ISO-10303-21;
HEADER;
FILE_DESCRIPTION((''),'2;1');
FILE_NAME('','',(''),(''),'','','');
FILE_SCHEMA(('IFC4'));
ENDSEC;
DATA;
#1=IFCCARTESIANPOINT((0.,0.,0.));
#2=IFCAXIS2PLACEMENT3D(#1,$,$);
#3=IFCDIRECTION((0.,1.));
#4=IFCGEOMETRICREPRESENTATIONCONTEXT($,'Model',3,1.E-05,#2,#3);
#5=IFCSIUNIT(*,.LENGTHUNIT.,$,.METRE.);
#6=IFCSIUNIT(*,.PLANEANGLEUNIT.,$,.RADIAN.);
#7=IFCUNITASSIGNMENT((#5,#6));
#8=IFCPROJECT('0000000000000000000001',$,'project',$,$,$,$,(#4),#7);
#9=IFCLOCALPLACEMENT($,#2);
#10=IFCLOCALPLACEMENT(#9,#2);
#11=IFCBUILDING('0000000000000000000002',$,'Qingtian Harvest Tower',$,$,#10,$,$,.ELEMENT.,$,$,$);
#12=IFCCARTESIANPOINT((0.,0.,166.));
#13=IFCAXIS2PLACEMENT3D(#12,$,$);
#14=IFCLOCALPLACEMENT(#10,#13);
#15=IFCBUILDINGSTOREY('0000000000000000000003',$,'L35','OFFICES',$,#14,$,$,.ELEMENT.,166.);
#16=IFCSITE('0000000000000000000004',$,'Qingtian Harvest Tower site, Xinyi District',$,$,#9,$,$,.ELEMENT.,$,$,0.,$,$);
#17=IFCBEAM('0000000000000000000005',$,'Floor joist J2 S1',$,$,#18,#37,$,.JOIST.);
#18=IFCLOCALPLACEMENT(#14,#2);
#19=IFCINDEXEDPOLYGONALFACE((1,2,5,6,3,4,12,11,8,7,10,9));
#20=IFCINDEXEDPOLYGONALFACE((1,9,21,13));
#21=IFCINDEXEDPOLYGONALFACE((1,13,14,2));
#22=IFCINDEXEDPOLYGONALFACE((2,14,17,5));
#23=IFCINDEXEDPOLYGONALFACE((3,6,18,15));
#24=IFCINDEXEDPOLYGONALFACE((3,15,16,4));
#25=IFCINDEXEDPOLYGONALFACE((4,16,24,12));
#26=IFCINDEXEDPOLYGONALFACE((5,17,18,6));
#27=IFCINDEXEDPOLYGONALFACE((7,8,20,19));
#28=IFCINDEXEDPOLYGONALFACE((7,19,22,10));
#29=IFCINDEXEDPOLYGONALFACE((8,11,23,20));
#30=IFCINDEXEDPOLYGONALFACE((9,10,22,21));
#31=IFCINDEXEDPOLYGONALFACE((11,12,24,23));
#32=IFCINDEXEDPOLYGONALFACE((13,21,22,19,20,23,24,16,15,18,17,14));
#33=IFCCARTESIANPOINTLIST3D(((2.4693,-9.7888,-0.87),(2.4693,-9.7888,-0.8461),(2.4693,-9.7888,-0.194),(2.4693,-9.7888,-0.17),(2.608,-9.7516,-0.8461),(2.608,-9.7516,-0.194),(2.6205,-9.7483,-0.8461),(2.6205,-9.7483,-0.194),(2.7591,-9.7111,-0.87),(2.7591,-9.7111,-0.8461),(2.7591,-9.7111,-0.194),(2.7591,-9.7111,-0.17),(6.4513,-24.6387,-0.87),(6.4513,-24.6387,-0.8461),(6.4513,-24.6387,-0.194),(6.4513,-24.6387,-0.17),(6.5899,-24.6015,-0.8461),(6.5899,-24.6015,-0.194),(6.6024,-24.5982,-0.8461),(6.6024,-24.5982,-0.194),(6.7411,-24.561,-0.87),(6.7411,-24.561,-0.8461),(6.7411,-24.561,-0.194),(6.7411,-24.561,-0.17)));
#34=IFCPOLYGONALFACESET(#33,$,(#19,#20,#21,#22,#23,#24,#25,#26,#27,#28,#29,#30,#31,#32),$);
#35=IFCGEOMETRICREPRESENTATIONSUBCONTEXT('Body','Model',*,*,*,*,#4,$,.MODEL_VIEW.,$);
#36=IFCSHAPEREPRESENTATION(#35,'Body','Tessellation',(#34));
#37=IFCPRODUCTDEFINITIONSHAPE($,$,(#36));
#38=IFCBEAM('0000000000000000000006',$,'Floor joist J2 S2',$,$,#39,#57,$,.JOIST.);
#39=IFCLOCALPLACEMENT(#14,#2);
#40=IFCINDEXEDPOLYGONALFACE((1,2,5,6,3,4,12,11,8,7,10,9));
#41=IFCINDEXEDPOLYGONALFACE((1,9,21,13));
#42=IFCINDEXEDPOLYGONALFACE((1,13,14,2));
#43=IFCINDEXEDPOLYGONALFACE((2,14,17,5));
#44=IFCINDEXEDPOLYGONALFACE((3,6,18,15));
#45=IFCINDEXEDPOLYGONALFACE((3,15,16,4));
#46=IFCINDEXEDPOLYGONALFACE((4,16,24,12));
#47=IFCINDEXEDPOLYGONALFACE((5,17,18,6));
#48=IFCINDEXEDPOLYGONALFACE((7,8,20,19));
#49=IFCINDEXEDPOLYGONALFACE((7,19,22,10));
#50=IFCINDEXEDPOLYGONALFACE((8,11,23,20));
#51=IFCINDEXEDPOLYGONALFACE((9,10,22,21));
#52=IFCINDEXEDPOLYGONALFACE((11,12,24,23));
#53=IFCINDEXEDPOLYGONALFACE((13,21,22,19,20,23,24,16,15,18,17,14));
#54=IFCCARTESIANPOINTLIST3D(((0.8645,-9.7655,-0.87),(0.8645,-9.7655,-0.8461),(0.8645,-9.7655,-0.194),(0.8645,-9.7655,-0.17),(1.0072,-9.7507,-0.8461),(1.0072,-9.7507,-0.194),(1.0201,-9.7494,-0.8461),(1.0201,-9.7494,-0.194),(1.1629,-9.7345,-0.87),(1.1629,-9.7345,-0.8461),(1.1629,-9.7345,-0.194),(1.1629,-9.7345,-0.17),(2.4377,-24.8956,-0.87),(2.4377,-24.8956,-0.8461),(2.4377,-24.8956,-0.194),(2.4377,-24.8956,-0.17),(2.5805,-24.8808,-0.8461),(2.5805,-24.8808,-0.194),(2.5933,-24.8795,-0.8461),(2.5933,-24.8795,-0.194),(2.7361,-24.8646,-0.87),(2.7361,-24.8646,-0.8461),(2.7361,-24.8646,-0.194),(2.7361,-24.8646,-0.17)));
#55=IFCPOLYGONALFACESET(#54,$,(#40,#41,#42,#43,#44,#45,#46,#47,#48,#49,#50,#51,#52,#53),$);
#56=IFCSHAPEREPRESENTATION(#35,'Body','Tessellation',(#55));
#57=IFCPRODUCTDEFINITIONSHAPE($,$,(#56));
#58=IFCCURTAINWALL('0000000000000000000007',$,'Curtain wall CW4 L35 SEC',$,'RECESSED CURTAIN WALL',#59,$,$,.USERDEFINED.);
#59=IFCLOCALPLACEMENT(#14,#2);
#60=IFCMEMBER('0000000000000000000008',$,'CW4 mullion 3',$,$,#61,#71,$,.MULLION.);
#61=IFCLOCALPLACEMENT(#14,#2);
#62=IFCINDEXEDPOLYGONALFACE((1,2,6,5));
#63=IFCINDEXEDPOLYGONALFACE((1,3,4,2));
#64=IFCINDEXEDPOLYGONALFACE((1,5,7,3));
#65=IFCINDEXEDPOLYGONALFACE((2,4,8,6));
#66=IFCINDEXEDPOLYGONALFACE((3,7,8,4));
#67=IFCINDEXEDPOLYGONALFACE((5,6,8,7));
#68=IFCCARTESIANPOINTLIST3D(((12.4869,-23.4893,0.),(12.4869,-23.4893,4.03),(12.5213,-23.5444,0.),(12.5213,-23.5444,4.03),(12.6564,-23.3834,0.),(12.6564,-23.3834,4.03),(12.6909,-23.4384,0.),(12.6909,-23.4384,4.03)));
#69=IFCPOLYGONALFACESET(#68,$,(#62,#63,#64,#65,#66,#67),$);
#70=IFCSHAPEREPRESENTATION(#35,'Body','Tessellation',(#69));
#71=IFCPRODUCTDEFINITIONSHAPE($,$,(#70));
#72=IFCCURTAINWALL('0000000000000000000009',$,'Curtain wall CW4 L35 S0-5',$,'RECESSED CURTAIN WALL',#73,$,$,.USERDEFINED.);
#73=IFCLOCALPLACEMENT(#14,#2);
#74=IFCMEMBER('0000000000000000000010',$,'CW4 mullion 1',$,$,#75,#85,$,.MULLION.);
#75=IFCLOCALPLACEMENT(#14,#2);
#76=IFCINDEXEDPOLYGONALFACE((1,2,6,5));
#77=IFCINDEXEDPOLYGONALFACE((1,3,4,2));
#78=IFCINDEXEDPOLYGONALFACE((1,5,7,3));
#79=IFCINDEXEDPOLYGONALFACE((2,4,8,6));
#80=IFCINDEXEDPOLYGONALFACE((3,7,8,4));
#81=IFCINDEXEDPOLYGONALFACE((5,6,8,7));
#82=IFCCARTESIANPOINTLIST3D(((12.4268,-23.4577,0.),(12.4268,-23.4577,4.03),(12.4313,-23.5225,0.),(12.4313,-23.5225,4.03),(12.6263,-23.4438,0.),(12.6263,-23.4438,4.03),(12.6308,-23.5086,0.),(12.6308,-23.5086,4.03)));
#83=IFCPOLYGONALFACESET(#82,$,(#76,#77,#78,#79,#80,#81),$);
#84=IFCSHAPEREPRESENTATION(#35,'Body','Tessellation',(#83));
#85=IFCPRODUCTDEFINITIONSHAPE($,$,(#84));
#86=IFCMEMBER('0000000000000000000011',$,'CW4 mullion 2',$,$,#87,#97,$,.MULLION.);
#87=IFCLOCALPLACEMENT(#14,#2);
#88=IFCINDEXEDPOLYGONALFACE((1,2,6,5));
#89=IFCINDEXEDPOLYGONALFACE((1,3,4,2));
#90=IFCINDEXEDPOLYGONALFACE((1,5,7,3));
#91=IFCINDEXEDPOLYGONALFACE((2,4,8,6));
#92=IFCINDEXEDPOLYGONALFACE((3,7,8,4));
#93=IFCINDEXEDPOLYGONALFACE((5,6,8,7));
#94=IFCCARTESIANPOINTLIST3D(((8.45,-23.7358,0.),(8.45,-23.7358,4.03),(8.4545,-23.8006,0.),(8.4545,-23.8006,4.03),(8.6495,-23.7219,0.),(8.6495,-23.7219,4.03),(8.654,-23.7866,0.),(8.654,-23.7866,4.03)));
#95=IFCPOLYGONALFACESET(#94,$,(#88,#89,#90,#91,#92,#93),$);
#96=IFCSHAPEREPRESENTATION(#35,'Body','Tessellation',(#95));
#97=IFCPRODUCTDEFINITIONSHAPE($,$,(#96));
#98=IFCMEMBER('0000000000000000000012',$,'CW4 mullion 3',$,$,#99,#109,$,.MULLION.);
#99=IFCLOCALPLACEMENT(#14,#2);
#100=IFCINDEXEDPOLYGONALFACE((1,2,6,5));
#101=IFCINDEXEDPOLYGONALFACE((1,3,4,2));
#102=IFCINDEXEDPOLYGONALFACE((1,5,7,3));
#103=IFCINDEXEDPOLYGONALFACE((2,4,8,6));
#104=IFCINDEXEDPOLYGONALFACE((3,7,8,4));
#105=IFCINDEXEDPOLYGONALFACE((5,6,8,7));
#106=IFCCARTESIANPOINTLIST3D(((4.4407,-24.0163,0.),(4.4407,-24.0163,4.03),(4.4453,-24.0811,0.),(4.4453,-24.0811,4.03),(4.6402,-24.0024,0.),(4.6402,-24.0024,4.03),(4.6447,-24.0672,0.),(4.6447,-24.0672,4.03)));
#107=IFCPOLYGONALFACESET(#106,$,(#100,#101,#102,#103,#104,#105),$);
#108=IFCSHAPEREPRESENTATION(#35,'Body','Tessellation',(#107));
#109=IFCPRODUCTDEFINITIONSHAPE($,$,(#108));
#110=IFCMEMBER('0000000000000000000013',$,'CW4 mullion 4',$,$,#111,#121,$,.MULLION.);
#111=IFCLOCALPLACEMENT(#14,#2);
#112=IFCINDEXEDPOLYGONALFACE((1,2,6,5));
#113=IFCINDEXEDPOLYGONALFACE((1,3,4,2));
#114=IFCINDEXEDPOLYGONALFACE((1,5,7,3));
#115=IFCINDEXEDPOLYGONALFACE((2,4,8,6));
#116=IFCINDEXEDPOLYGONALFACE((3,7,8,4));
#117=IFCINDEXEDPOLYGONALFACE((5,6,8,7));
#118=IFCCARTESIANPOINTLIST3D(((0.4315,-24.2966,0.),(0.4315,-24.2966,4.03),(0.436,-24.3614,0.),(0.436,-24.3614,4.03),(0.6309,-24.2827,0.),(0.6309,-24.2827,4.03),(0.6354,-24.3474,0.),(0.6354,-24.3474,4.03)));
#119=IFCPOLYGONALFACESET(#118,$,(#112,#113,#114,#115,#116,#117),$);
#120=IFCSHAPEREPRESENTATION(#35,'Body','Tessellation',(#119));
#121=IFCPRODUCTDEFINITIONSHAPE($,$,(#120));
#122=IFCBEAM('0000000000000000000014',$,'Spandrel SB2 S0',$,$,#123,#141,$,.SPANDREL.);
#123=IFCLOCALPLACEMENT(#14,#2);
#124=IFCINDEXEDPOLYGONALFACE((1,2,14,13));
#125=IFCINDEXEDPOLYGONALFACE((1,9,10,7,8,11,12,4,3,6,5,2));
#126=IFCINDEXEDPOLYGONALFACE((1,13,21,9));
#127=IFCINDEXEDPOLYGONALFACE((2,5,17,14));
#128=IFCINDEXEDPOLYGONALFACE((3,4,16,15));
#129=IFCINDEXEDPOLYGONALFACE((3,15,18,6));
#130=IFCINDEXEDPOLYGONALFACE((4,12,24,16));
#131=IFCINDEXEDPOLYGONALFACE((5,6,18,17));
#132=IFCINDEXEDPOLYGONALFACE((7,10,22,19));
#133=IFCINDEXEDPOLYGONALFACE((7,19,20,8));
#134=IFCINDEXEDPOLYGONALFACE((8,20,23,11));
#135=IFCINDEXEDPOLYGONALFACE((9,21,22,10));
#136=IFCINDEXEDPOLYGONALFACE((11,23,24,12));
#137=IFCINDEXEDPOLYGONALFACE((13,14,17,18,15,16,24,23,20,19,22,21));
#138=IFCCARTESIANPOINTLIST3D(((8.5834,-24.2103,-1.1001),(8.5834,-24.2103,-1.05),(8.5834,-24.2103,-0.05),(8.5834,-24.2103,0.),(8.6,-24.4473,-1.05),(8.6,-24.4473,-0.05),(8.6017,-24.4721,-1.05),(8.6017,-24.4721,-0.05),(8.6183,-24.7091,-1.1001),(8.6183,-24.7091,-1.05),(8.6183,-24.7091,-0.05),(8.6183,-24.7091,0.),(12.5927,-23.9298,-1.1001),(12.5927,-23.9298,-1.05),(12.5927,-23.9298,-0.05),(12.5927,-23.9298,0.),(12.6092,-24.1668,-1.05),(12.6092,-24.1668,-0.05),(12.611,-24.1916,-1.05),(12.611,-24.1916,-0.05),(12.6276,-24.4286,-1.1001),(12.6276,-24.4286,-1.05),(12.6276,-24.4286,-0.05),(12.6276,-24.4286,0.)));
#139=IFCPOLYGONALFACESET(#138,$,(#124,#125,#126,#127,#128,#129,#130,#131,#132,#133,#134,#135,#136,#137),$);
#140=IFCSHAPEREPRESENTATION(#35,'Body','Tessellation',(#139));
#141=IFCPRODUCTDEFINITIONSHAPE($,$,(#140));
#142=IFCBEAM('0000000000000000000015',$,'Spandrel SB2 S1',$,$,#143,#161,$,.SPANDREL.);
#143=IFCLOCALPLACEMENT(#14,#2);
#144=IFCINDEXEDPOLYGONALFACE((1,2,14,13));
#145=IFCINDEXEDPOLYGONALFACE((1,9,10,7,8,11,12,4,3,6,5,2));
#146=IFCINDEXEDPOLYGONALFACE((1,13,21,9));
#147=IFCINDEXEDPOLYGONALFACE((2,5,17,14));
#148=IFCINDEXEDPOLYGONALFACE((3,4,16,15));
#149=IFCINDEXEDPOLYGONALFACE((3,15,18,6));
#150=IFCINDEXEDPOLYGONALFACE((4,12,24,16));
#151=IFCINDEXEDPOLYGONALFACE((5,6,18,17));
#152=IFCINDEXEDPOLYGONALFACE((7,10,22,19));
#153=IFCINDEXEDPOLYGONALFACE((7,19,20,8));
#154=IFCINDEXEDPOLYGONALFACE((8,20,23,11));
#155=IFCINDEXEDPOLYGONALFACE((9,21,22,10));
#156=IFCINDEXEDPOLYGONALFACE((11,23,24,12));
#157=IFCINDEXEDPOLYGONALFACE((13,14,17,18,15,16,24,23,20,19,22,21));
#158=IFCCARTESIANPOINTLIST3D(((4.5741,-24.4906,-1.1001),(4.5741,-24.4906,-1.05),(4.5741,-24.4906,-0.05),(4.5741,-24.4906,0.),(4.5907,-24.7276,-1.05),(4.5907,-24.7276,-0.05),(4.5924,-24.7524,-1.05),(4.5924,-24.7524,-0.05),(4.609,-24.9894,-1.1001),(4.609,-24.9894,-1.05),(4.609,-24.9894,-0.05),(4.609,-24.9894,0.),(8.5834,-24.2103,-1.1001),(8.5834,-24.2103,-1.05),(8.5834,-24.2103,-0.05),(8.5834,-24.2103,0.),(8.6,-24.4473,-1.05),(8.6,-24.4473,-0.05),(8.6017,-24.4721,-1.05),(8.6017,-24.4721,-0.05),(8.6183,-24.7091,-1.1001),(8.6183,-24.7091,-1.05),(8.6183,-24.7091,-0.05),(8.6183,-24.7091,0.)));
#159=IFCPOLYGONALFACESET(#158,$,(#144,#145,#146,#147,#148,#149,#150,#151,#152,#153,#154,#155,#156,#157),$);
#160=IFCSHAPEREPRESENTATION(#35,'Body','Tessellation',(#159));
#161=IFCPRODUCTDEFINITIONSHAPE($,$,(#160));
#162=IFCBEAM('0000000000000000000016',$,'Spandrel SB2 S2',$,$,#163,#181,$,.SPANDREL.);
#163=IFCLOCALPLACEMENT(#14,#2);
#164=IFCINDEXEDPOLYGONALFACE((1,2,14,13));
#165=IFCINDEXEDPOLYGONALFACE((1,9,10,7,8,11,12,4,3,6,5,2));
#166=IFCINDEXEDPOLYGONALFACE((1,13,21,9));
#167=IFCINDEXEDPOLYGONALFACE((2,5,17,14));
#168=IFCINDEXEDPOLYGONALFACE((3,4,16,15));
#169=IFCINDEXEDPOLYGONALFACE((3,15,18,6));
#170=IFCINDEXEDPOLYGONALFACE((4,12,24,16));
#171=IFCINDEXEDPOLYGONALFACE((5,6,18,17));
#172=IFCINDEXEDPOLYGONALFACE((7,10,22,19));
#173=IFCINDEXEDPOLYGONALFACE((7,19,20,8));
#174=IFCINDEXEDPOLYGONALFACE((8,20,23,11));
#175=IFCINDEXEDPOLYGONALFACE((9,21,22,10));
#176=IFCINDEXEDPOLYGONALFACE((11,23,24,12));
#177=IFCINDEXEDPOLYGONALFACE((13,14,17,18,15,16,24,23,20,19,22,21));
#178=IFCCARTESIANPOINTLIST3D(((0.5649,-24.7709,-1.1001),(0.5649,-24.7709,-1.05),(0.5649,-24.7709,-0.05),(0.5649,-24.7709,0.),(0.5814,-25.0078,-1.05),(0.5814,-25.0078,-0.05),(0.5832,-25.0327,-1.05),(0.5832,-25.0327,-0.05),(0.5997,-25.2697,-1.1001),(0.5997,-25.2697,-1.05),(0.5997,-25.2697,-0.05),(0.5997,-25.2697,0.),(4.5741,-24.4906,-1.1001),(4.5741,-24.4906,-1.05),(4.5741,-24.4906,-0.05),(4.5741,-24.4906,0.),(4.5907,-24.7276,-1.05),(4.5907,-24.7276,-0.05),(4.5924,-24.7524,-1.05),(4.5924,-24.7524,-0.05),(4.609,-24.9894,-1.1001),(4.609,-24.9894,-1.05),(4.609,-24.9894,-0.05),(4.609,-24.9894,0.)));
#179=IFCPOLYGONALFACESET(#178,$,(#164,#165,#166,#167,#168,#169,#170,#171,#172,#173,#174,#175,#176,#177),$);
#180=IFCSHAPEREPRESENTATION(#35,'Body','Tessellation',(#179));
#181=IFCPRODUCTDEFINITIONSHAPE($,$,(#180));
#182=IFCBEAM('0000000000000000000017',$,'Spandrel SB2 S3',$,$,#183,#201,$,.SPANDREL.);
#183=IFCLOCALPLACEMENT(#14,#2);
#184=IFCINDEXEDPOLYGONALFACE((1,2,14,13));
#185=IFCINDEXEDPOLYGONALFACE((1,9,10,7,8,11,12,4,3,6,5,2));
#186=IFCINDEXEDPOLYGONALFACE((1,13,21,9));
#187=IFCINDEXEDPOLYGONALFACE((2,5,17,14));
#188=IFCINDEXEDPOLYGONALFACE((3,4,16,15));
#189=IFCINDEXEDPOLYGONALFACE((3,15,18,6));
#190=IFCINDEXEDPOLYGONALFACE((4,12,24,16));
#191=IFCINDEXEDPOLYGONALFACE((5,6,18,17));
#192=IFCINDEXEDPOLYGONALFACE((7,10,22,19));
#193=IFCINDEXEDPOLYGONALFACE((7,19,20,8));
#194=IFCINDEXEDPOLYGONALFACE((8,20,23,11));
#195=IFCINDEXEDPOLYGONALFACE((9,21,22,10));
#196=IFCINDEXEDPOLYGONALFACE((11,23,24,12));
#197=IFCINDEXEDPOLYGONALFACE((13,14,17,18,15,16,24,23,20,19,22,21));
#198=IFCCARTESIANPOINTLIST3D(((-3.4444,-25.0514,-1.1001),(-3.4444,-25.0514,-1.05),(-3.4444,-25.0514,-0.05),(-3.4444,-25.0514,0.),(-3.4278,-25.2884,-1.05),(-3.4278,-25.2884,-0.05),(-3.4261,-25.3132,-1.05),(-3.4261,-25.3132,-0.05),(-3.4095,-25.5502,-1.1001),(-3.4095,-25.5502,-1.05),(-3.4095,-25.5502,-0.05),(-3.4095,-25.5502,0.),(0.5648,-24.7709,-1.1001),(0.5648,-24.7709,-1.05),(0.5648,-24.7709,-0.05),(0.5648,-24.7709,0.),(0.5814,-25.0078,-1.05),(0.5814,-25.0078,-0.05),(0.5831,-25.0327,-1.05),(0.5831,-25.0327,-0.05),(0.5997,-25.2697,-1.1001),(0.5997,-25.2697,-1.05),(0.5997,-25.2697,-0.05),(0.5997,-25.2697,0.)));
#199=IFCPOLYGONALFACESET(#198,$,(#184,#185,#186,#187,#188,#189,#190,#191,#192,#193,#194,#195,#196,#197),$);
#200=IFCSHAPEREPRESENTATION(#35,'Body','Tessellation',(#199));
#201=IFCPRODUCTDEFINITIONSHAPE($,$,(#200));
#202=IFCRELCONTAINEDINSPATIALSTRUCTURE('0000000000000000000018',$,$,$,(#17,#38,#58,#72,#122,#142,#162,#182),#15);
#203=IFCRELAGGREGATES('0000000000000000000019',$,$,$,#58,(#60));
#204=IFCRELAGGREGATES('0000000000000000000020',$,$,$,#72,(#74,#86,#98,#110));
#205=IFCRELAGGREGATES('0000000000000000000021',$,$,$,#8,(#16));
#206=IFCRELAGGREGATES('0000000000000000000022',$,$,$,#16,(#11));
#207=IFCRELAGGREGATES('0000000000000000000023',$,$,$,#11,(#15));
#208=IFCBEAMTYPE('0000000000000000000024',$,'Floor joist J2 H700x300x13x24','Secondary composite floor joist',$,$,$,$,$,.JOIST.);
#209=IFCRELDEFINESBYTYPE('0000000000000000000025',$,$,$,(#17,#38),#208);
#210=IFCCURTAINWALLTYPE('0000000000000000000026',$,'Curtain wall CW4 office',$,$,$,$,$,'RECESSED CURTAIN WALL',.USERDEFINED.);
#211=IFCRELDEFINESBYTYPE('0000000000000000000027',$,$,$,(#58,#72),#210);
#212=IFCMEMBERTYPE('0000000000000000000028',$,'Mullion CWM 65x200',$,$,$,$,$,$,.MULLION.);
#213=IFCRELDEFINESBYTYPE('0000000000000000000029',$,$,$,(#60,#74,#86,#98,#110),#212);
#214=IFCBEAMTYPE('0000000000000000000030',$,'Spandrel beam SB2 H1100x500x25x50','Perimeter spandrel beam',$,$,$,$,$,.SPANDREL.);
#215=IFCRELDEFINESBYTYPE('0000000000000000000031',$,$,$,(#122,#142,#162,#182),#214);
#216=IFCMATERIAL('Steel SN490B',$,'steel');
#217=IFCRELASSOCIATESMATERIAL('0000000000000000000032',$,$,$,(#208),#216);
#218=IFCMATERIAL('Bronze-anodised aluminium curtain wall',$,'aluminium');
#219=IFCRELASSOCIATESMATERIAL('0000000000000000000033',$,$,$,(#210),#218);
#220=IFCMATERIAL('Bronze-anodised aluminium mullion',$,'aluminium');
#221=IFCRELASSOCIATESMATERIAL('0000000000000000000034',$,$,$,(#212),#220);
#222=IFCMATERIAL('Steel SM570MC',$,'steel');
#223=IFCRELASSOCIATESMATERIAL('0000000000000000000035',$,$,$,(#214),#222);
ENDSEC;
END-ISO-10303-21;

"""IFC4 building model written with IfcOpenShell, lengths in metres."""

from ifc_helpers import new_model, si_unit, direction, frame, origin, origin_2d, place, context, subcontext, project, spatial, rectangle, i_section, extrude, material, material_profile, profile_set, type_object, element, aggregate, save


model = new_model("IFC4")

# Units and contexts
model_context = context("Model", 3, precision=1e-05, world=origin(), true_north=direction((0.0, 1.0)))
body_context = subcontext(model_context, "Body", "Model", "MODEL_VIEW")
ifc_project = project(units=[si_unit("LENGTHUNIT", "METRE"), si_unit("PLANEANGLEUNIT", "RADIAN")], contexts=[model_context])

# Site, building, storey
site_placement = place(None, origin())
site = spatial("IfcSite", under=ifc_project, at=site_placement, Name="Qingtian Harvest Tower site, Xinyi District", CompositionType="ELEMENT", RefElevation=0.0)
building_placement = place(site_placement, origin())
building = spatial("IfcBuilding", under=site, at=building_placement, Name="Qingtian Harvest Tower", CompositionType="ELEMENT")
storey_placement = place(building_placement, frame((0.0, 0.0, 166.0)))
storey = spatial("IfcBuildingStorey", under=building, at=storey_placement, Name="L35", Description="OFFICES", CompositionType="ELEMENT", Elevation=166.0)

# Beams
ifc_material_1 = material(Name="Steel SN490B", Category="steel")
ifc_material_profile_1 = material_profile(ifc_material_1, i_section(OverallWidth=0.3, OverallDepth=0.7, WebThickness=0.0129, FlangeThickness=0.0239, at=origin_2d()), Name="H700x300x13x24")
ifc_profile_set_1 = profile_set([ifc_material_profile_1], Name="Steel SN490B")
beam_type_1 = type_object("IfcBeamType", Name="Floor joist J2 H700x300x13x24", Description="Secondary composite floor joist", PredefinedType="JOIST", material=ifc_profile_set_1)
beam_1_placement = place(storey_placement, frame((6.5962, -24.5999, -0.52), z_axis=(-0.258997, 0.965878, 0.0), x_axis=(-0.965878, -0.258997, 0.0)))
element("IfcBeam", 1, at=beam_1_placement, inside=storey, type_object=beam_type_1, Name="Floor joist J2 S1", PredefinedType="JOIST", context=body_context, shape_type="SweptSolid", body=[
    extrude(i_section(OverallWidth=0.3, OverallDepth=0.7, WebThickness=0.0129, FlangeThickness=0.0239, at=origin_2d()), origin(), (0.0, 0.0, 1.0), 15.3745),
])
beam_2_placement = place(storey_placement, frame((2.5869, -24.8801, -0.52), z_axis=(-0.103423, 0.994637, 0.0), x_axis=(-0.994637, -0.103423, 0.0)))
element("IfcBeam", 2, at=beam_2_placement, inside=storey, type_object=beam_type_1, Name="Floor joist J2 S2", PredefinedType="JOIST", context=body_context, shape_type="SweptSolid", body=[
    extrude(i_section(OverallWidth=0.3, OverallDepth=0.7, WebThickness=0.0129, FlangeThickness=0.0239, at=origin_2d()), origin(), (0.0, 0.0, 1.0), 15.2117),
])

# Curtain wall, member
ifc_material_2 = material(Name="Bronze-anodised aluminium curtain wall", Category="aluminium")
curtain_wall_type = type_object("IfcCurtainWallType", Name="Curtain wall CW4 office", ElementType="RECESSED CURTAIN WALL", PredefinedType="USERDEFINED", material=ifc_material_2)
curtain_wall_1_placement = place(storey_placement, origin())
curtain_wall_1 = element("IfcCurtainWall", 3, at=curtain_wall_1_placement, inside=storey, type_object=curtain_wall_type, Name="Curtain wall CW4 L35 SEC", ObjectType="RECESSED CURTAIN WALL", PredefinedType="USERDEFINED")
ifc_material_3 = material(Name="Bronze-anodised aluminium mullion", Category="aluminium")
ifc_material_profile_2 = material_profile(ifc_material_3, rectangle(XDim=0.0649, YDim=0.2, at=origin_2d()), Name="AL 65x200")
ifc_profile_set_2 = profile_set([ifc_material_profile_2], Name="Bronze-anodised aluminium mullion")
member_type_1 = type_object("IfcMemberType", Name="Mullion CWM 65x200", PredefinedType="MULLION", material=ifc_profile_set_2)
member_1_placement = place(storey_placement, frame((12.5889, -23.4639, 0.0), z_axis=(0.0, 0.0, 1.0), x_axis=(0.529919, -0.848048, 0.0)))
member_1 = element("IfcMember", 4, at=member_1_placement, type_object=member_type_1, Name="CW4 mullion 3", PredefinedType="MULLION", context=body_context, shape_type="SweptSolid", body=[
    extrude(rectangle(XDim=0.0649, YDim=0.2, at=origin_2d()), origin(), (0.0, 0.0, 1.0), 4.03),
])
aggregate(curtain_wall_1, [member_1])

# Curtain wall, members
curtain_wall_2_placement = place(storey_placement, origin())
curtain_wall_2 = element("IfcCurtainWall", 5, at=curtain_wall_2_placement, inside=storey, type_object=curtain_wall_type, Name="Curtain wall CW4 L35 S0-5", ObjectType="RECESSED CURTAIN WALL", PredefinedType="USERDEFINED")
member_2_placement = place(storey_placement, frame((12.5288, -23.4832, 0.0), z_axis=(0.0, 0.0, 1.0), x_axis=(0.069756, -0.997564, 0.0)))
member_2 = element("IfcMember", 6, at=member_2_placement, type_object=member_type_1, Name="CW4 mullion 1", PredefinedType="MULLION", context=body_context, shape_type="SweptSolid", body=[
    extrude(rectangle(XDim=0.0649, YDim=0.2, at=origin_2d()), origin(), (0.0, 0.0, 1.0), 4.03),
])
member_3_placement = place(storey_placement, frame((8.552, -23.7612, 0.0), z_axis=(0.0, 0.0, 1.0), x_axis=(0.069756, -0.997564, 0.0)))
member_3 = element("IfcMember", 7, at=member_3_placement, type_object=member_type_1, Name="CW4 mullion 2", PredefinedType="MULLION", context=body_context, shape_type="SweptSolid", body=[
    extrude(rectangle(XDim=0.0649, YDim=0.2, at=origin_2d()), origin(), (0.0, 0.0, 1.0), 4.03),
])
member_4_placement = place(storey_placement, frame((4.5427, -24.0417, 0.0), z_axis=(0.0, 0.0, 1.0), x_axis=(0.069756, -0.997564, 0.0)))
member_4 = element("IfcMember", 8, at=member_4_placement, type_object=member_type_1, Name="CW4 mullion 3", PredefinedType="MULLION", context=body_context, shape_type="SweptSolid", body=[
    extrude(rectangle(XDim=0.0649, YDim=0.2, at=origin_2d()), origin(), (0.0, 0.0, 1.0), 4.03),
])
member_5_placement = place(storey_placement, frame((0.5334, -24.322, 0.0), z_axis=(0.0, 0.0, 1.0), x_axis=(0.069756, -0.997564, 0.0)))
member_5 = element("IfcMember", 9, at=member_5_placement, type_object=member_type_1, Name="CW4 mullion 4", PredefinedType="MULLION", context=body_context, shape_type="SweptSolid", body=[
    extrude(rectangle(XDim=0.0649, YDim=0.2, at=origin_2d()), origin(), (0.0, 0.0, 1.0), 4.03),
])

# Beams
ifc_material_4 = material(Name="Steel SM570MC", Category="steel")
ifc_material_profile_3 = material_profile(ifc_material_4, i_section(OverallWidth=0.5, OverallDepth=1.1001, WebThickness=0.0249, FlangeThickness=0.05, at=origin_2d()), Name="H1100x500x25x50")
ifc_profile_set_3 = profile_set([ifc_material_profile_3], Name="Steel SM570MC")
beam_type_2 = type_object("IfcBeamType", Name="Spandrel beam SB2 H1100x500x25x50", Description="Perimeter spandrel beam", PredefinedType="SPANDREL", material=ifc_profile_set_3)
for number, where, z_axis, x_axis, name in (
    (10, (12.6101, -24.1792, -0.55), (-0.997561, -0.069796, 0.0), (0.069796, -0.997561, 0.0), "Spandrel SB2 S0"),
    (11, (8.6008, -24.4597, -0.55), (-0.997565, -0.069736, 0.0), (0.069736, -0.997565, 0.0), "Spandrel SB2 S1"),
    (12, (4.5916, -24.74, -0.55), (-0.997565, -0.069736, 0.0), (0.069736, -0.997565, 0.0), "Spandrel SB2 S2"),
    (13, (0.5823, -25.0203, -0.55), (-0.997561, -0.069796, 0.0), (0.069796, -0.997561, 0.0), "Spandrel SB2 S3"),
):
    element("IfcBeam", number, at=place(storey_placement, frame(where, z_axis=z_axis, x_axis=x_axis)), inside=storey, type_object=beam_type_2, Name=name, PredefinedType="SPANDREL", context=body_context, shape_type="SweptSolid", body=[
        extrude(i_section(OverallWidth=0.5, OverallDepth=1.1001, WebThickness=0.0249, FlangeThickness=0.05, at=origin_2d()), origin(), (0.0, 0.0, 1.0), 4.019),
    ])

aggregate(curtain_wall_2, [member_2, member_3, member_4, member_5])

save(model, "model.ifc")
